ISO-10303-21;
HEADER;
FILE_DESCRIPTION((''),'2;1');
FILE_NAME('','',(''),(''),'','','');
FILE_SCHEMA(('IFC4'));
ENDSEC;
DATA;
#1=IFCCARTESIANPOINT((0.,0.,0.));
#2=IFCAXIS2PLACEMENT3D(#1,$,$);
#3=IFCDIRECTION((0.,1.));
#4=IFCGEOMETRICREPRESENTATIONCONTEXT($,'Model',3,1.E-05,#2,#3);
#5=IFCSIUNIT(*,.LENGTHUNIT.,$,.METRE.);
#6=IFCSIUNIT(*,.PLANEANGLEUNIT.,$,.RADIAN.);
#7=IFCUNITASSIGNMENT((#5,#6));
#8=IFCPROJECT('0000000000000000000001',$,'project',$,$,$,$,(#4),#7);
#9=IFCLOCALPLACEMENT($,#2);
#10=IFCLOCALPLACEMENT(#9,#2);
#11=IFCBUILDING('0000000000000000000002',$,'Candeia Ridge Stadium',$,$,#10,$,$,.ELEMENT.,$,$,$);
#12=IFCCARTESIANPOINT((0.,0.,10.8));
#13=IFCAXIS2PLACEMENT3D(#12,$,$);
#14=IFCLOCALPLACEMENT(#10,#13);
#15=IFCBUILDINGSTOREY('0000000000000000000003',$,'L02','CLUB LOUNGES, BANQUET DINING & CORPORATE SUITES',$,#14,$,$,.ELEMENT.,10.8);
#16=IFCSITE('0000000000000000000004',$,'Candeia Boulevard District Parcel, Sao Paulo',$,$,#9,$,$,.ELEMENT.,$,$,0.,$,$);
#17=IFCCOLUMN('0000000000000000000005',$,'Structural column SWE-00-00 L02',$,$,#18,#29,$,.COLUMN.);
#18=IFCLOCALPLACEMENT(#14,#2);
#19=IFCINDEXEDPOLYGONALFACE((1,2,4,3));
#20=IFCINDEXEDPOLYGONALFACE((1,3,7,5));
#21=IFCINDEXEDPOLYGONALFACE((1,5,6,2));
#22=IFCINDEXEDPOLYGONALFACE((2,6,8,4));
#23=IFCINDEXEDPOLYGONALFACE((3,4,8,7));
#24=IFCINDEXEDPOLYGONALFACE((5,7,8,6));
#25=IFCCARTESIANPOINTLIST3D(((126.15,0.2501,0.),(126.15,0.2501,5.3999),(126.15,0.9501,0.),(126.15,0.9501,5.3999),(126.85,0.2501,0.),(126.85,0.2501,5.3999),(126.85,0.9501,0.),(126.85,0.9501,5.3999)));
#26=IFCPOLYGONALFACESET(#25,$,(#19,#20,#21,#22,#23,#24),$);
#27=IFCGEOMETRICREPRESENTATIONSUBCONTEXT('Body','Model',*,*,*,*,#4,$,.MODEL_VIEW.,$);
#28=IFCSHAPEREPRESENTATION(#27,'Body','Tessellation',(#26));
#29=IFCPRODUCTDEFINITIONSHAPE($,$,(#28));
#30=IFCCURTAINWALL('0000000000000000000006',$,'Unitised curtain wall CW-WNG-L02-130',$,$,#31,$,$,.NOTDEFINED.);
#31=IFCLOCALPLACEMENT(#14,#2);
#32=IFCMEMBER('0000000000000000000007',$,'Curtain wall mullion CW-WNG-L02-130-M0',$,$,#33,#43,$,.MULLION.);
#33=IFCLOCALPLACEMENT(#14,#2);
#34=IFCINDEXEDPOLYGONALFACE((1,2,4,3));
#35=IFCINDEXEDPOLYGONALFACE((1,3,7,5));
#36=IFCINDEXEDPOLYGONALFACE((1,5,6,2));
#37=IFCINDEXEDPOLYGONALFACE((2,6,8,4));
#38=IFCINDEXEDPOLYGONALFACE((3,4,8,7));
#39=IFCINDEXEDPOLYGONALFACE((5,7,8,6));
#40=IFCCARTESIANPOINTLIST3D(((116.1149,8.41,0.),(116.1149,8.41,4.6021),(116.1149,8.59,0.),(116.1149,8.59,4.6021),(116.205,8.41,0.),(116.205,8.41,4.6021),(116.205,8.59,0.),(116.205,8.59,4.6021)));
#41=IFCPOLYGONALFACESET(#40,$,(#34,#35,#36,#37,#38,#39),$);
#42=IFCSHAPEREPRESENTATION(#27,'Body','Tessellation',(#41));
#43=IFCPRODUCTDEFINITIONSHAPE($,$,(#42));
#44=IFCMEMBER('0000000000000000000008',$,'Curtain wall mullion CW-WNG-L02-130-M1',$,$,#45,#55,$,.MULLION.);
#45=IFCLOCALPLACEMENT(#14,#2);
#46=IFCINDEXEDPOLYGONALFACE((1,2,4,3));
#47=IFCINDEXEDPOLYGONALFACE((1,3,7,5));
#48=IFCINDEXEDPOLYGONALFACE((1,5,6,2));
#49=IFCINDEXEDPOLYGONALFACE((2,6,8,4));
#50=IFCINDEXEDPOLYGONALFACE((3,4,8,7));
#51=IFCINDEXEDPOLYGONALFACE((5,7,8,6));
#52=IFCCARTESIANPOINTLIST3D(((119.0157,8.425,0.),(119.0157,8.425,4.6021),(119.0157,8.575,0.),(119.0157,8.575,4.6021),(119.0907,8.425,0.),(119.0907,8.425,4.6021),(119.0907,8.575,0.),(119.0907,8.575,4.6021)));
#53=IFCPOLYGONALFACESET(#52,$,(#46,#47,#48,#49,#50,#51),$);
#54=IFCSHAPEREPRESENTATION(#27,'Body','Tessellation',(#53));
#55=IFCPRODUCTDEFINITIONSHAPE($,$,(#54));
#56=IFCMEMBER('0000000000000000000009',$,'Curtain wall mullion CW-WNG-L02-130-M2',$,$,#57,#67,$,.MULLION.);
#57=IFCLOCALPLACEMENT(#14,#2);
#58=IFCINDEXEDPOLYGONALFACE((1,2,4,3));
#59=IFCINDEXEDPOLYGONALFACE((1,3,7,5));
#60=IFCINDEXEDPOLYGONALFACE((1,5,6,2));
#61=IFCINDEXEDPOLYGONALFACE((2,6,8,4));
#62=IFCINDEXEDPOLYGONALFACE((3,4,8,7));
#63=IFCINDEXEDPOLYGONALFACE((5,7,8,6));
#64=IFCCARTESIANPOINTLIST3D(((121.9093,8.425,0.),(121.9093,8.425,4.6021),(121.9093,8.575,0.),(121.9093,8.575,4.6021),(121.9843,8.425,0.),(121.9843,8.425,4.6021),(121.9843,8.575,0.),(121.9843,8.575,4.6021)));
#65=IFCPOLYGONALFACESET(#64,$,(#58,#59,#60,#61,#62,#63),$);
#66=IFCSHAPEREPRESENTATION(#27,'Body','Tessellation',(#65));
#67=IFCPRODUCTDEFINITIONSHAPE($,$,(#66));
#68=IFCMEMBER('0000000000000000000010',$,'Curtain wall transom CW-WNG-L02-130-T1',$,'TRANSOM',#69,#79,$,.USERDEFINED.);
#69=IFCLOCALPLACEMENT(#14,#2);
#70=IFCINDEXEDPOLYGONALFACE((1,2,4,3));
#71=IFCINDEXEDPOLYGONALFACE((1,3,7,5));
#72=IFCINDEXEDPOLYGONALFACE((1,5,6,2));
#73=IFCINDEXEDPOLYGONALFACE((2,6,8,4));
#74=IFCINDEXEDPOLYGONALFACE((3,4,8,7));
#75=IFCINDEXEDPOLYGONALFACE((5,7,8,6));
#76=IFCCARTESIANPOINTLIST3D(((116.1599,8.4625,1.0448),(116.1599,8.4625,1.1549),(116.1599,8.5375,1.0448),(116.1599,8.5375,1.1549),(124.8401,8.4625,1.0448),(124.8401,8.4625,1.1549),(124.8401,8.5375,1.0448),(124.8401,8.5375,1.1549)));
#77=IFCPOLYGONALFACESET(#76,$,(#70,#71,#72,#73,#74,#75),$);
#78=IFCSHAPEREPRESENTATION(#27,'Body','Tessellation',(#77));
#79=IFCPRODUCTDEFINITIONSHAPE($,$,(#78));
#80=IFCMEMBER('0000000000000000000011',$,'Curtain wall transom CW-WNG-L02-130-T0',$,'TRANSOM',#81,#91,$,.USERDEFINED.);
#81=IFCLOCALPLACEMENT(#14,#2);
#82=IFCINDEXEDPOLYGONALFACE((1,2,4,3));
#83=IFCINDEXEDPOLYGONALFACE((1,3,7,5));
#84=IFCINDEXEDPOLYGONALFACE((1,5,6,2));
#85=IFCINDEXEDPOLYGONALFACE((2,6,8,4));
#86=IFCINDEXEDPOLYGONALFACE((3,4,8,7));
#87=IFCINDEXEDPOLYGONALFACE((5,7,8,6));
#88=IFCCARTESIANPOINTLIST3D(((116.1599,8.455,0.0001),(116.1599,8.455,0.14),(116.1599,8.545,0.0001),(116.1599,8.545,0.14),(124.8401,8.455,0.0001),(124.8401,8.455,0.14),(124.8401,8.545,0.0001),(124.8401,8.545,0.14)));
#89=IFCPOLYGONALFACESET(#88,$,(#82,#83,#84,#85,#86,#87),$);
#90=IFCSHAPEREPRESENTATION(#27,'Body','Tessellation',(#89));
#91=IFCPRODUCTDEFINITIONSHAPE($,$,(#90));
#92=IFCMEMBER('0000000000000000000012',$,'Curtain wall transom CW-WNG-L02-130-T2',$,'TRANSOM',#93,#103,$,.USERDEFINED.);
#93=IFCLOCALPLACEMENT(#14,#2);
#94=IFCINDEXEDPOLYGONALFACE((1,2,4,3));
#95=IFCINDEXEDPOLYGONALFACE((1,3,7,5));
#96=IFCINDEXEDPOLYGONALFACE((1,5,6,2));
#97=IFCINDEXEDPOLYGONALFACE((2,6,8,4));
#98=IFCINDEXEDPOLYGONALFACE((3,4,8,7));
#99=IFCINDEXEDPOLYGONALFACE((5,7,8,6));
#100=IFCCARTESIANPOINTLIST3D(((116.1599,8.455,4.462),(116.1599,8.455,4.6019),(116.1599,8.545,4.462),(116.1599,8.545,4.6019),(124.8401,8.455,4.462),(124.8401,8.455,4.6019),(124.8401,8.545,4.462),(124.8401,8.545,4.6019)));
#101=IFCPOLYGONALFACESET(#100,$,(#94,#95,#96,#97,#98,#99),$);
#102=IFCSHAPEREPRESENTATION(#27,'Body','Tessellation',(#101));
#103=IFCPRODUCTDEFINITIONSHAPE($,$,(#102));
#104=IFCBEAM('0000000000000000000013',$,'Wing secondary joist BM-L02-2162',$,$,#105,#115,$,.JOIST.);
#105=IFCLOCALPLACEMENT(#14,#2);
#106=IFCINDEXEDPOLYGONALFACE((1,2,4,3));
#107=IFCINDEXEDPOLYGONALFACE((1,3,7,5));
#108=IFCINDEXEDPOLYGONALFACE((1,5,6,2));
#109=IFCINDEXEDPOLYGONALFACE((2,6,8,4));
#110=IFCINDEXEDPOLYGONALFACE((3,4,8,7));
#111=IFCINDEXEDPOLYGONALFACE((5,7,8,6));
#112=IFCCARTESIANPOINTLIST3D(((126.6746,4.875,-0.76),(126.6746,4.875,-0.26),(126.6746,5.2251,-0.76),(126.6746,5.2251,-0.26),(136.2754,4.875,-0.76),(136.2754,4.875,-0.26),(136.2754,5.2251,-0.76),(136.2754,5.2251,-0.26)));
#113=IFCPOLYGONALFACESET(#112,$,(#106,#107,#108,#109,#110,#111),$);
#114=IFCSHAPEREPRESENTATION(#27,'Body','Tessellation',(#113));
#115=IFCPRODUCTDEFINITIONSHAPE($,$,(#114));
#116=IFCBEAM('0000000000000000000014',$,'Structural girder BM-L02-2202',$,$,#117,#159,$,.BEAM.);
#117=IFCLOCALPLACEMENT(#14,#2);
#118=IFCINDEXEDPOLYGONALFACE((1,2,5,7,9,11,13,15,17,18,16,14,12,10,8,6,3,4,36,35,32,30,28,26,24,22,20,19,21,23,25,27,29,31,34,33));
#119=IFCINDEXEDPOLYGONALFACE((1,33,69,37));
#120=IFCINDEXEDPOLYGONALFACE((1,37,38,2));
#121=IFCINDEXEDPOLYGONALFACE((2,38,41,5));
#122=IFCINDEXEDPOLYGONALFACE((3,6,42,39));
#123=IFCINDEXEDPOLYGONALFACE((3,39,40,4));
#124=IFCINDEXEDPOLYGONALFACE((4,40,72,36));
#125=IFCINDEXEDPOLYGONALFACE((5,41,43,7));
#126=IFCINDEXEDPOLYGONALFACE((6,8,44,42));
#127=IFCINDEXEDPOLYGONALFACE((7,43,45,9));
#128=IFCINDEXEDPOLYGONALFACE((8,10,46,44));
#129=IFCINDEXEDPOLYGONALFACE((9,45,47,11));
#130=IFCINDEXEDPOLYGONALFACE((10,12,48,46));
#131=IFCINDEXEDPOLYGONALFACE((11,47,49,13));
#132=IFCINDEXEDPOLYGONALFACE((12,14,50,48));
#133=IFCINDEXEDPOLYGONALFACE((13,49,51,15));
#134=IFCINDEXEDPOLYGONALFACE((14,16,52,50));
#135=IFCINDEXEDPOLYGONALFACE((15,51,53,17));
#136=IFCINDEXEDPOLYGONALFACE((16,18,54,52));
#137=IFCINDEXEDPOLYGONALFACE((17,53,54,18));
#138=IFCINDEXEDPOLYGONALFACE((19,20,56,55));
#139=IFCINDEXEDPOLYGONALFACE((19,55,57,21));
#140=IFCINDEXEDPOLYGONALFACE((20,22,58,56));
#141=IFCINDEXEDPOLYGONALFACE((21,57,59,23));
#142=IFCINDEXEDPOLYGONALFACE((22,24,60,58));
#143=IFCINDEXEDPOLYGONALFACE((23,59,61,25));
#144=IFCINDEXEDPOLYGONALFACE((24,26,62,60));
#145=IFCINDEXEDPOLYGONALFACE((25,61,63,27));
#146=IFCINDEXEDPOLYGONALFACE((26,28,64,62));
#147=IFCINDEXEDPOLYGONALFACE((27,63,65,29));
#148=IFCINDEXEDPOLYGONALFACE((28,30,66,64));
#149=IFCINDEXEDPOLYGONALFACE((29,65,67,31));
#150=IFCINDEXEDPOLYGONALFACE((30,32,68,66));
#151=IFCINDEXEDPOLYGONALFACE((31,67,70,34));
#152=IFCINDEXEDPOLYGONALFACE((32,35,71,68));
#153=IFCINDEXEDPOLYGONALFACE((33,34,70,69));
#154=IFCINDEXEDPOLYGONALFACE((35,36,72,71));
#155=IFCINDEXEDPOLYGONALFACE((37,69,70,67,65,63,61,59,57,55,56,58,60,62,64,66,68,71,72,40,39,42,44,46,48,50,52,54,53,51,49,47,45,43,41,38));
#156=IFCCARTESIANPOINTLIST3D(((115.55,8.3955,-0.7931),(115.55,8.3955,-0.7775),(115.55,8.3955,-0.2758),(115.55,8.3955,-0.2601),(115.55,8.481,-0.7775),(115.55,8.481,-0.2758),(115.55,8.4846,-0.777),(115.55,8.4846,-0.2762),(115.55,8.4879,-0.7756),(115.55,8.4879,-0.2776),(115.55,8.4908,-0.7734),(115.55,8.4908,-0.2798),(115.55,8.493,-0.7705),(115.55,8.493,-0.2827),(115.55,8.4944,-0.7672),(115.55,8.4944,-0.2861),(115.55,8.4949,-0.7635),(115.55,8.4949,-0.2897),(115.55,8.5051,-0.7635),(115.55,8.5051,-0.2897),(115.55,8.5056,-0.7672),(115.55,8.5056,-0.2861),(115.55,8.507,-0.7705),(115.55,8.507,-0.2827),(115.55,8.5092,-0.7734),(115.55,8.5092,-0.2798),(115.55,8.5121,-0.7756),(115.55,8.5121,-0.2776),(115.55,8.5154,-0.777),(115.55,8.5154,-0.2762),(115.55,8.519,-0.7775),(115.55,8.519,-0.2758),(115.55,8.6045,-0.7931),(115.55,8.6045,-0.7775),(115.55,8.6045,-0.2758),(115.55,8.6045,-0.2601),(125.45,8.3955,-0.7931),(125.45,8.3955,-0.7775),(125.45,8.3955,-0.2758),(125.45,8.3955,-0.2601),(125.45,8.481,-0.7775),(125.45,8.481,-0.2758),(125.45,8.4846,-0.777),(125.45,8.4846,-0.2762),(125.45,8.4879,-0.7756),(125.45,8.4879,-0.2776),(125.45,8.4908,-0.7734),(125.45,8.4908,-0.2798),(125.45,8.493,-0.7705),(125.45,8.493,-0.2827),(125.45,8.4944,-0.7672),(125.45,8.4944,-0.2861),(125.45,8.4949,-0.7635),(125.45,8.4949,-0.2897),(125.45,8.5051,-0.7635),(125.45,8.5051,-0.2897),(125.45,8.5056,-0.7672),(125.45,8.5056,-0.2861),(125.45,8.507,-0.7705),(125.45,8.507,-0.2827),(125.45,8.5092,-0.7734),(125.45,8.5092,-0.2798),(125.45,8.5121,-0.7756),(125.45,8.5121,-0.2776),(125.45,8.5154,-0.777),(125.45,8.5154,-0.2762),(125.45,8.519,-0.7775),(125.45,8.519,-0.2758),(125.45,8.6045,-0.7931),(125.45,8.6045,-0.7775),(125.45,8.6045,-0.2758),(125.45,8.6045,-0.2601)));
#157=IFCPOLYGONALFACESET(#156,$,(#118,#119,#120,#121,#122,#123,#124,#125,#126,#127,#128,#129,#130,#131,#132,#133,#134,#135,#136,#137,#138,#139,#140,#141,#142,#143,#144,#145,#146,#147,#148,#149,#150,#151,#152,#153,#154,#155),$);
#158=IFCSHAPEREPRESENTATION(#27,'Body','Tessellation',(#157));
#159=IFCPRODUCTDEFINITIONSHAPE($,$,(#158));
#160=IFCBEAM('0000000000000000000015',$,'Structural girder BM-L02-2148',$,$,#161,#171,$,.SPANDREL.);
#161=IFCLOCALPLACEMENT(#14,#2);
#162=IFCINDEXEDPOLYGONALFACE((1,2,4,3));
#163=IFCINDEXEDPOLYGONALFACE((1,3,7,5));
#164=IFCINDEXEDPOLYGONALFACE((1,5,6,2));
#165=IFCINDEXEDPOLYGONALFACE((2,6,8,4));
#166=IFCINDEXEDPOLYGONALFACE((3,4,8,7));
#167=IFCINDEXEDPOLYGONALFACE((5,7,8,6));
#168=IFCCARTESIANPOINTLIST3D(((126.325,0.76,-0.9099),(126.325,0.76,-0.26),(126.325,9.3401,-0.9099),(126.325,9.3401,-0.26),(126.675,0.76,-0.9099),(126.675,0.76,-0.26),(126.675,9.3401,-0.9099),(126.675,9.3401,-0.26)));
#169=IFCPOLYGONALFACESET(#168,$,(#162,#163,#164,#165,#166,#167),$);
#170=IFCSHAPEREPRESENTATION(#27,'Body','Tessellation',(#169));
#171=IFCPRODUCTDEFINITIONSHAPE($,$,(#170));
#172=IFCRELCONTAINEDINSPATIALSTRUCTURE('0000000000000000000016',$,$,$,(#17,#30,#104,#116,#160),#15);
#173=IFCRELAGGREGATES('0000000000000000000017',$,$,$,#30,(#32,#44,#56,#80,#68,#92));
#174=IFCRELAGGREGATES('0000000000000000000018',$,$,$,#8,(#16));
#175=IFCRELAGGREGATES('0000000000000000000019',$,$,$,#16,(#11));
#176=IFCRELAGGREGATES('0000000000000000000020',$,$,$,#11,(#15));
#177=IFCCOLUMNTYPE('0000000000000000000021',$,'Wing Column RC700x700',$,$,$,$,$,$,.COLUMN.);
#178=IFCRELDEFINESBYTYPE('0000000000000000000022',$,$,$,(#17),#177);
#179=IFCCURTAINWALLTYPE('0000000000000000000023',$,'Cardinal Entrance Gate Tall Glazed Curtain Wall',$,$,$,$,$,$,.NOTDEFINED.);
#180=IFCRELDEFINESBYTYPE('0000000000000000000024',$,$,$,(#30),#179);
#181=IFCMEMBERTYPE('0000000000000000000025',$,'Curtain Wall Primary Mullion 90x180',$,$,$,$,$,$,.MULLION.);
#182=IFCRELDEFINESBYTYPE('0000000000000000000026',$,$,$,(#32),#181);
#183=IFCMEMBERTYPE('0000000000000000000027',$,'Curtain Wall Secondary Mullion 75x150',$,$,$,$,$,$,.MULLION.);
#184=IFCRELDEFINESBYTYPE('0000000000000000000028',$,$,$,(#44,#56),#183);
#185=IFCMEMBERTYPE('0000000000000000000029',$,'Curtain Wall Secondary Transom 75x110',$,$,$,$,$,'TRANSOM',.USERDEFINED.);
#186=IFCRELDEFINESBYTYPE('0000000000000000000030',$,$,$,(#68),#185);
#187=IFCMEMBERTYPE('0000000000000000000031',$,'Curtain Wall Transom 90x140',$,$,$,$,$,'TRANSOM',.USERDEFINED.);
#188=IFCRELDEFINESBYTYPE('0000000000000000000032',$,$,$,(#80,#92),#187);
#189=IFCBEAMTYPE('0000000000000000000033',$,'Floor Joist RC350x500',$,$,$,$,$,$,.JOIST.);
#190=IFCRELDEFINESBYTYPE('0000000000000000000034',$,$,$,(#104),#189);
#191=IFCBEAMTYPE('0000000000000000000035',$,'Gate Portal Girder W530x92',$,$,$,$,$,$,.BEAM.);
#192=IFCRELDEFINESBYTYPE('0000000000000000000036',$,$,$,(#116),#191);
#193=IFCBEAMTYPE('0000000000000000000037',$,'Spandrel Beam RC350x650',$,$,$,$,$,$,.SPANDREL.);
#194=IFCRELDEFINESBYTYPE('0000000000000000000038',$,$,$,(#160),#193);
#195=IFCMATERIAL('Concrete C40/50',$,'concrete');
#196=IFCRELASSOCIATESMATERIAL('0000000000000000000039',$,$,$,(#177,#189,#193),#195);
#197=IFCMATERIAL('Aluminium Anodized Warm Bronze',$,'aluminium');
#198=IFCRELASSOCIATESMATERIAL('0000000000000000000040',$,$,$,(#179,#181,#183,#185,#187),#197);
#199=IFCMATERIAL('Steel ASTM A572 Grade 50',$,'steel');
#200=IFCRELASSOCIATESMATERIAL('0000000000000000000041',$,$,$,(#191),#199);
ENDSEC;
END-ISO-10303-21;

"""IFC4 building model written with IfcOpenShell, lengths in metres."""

from ifc_helpers import new_model, si_unit, direction, frame, origin, origin_2d, place, context, subcontext, project, spatial, rectangle, i_section, extrude, material, material_profile, profile_set, type_object, element, aggregate, save


model = new_model("IFC4")

# Units and contexts
model_context = context("Model", 3, precision=1e-05, world=origin(), true_north=direction((0.0, 1.0)))
body_context = subcontext(model_context, "Body", "Model", "MODEL_VIEW")
ifc_project = project(units=[si_unit("LENGTHUNIT", "METRE"), si_unit("PLANEANGLEUNIT", "RADIAN")], contexts=[model_context])

# Site, building, storey
site_placement = place(None, origin())
site = spatial("IfcSite", under=ifc_project, at=site_placement, Name="Candeia Boulevard District Parcel, Sao Paulo", CompositionType="ELEMENT", RefElevation=0.0)
building_placement = place(site_placement, origin())
building = spatial("IfcBuilding", under=site, at=building_placement, Name="Candeia Ridge Stadium", CompositionType="ELEMENT")
storey_placement = place(building_placement, frame((0.0, 0.0, 10.8)))
storey = spatial("IfcBuildingStorey", under=building, at=storey_placement, Name="L02", Description="CLUB LOUNGES, BANQUET DINING & CORPORATE SUITES", CompositionType="ELEMENT", Elevation=10.8)

# Column
ifc_material_1 = material(Name="Concrete C40/50", Category="concrete")
ifc_material_profile_1 = material_profile(ifc_material_1, rectangle(XDim=0.7, YDim=0.7, at=origin_2d()), Name="RC700x700", Category="concrete")
ifc_profile_set_1 = profile_set([ifc_material_profile_1], Name="Concrete C40/50")
column_type = type_object("IfcColumnType", Name="Wing Column RC700x700", PredefinedType="COLUMN", material=ifc_profile_set_1)
column_placement = place(storey_placement, frame((126.5, 0.6001, 0.0), z_axis=(0.0, 0.0, 1.0), x_axis=(1.0, 0.0, 0.0)))
element("IfcColumn", 1, at=column_placement, inside=storey, type_object=column_type, Name="Structural column SWE-00-00 L02", PredefinedType="COLUMN", context=body_context, shape_type="SweptSolid", body=[
    extrude(rectangle(XDim=0.7, YDim=0.7, at=origin_2d()), origin(), (0.0, 0.0, 1.0), 5.3999),
])

# Curtain wall, members
ifc_material_2 = material(Name="Aluminium Anodized Warm Bronze", Category="aluminium")
curtain_wall_type = type_object("IfcCurtainWallType", Name="Cardinal Entrance Gate Tall Glazed Curtain Wall", PredefinedType="NOTDEFINED", material=ifc_material_2)
curtain_wall_placement = place(storey_placement, origin())
curtain_wall = element("IfcCurtainWall", 2, at=curtain_wall_placement, inside=storey, type_object=curtain_wall_type, Name="Unitised curtain wall CW-WNG-L02-130", PredefinedType="NOTDEFINED")
ifc_material_profile_2 = material_profile(ifc_material_2, rectangle(XDim=0.0901, YDim=0.1799, at=origin_2d()), Name="CWM-90x180", Category="aluminium")
ifc_profile_set_2 = profile_set([ifc_material_profile_2], Name="Aluminium Anodized Warm Bronze")
member_type_1 = type_object("IfcMemberType", Name="Curtain Wall Primary Mullion 90x180", PredefinedType="MULLION", material=ifc_profile_set_2)
member_1_placement = place(storey_placement, frame((116.1599, 8.5, 0.0), z_axis=(0.0, 0.0, 1.0), x_axis=(1.0, 0.0, 0.0)))
member_1 = element("IfcMember", 3, at=member_1_placement, type_object=member_type_1, Name="Curtain wall mullion CW-WNG-L02-130-M0", PredefinedType="MULLION", context=body_context, shape_type="SweptSolid", body=[
    extrude(rectangle(XDim=0.0901, YDim=0.1799, at=origin_2d()), origin(), (0.0, 0.0, 1.0), 4.6021),
])
ifc_material_profile_3 = material_profile(ifc_material_2, rectangle(XDim=0.075, YDim=0.1499, at=origin_2d()), Name="CWM-75x150", Category="aluminium")
ifc_profile_set_3 = profile_set([ifc_material_profile_3], Name="Aluminium Anodized Warm Bronze")
member_type_2 = type_object("IfcMemberType", Name="Curtain Wall Secondary Mullion 75x150", PredefinedType="MULLION", material=ifc_profile_set_3)
member_2_placement = place(storey_placement, frame((119.0532, 8.5, 0.0), z_axis=(0.0, 0.0, 1.0), x_axis=(1.0, 0.0, 0.0)))
member_2 = element("IfcMember", 4, at=member_2_placement, type_object=member_type_2, Name="Curtain wall mullion CW-WNG-L02-130-M1", PredefinedType="MULLION", context=body_context, shape_type="SweptSolid", body=[
    extrude(rectangle(XDim=0.075, YDim=0.1499, at=origin_2d()), origin(), (0.0, 0.0, 1.0), 4.6021),
])
member_3_placement = place(storey_placement, frame((121.9468, 8.5, 0.0), z_axis=(0.0, 0.0, 1.0), x_axis=(1.0, 0.0, 0.0)))
member_3 = element("IfcMember", 5, at=member_3_placement, type_object=member_type_2, Name="Curtain wall mullion CW-WNG-L02-130-M2", PredefinedType="MULLION", context=body_context, shape_type="SweptSolid", body=[
    extrude(rectangle(XDim=0.075, YDim=0.1499, at=origin_2d()), origin(), (0.0, 0.0, 1.0), 4.6021),
])
ifc_material_profile_4 = material_profile(ifc_material_2, rectangle(XDim=0.075, YDim=0.1101, at=origin_2d()), Name="CWT-75x110", Category="aluminium")
ifc_profile_set_4 = profile_set([ifc_material_profile_4], Name="Aluminium Anodized Warm Bronze")
member_type_3 = type_object("IfcMemberType", Name="Curtain Wall Secondary Transom 75x110", ElementType="TRANSOM", PredefinedType="USERDEFINED", material=ifc_profile_set_4)
member_4_placement = place(storey_placement, frame((116.1599, 8.5, 1.0999), z_axis=(1.0, 0.0, 0.0), x_axis=(0.0, 1.0, 0.0)))
member_4 = element("IfcMember", 6, at=member_4_placement, type_object=member_type_3, Name="Curtain wall transom CW-WNG-L02-130-T1", ObjectType="TRANSOM", PredefinedType="USERDEFINED", context=body_context, shape_type="SweptSolid", body=[
    extrude(rectangle(XDim=0.075, YDim=0.1101, at=origin_2d()), origin(), (0.0, 0.0, 1.0), 8.6802),
])
ifc_material_profile_5 = material_profile(ifc_material_2, rectangle(XDim=0.0901, YDim=0.1399, at=origin_2d()), Name="CWT-90x140", Category="aluminium")
ifc_profile_set_5 = profile_set([ifc_material_profile_5], Name="Aluminium Anodized Warm Bronze")
member_type_4 = type_object("IfcMemberType", Name="Curtain Wall Transom 90x140", ElementType="TRANSOM", PredefinedType="USERDEFINED", material=ifc_profile_set_5)
member_5_placement = place(storey_placement, frame((116.1599, 8.5, 0.0701), z_axis=(1.0, 0.0, 0.0), x_axis=(0.0, 1.0, 0.0)))
member_5 = element("IfcMember", 7, at=member_5_placement, type_object=member_type_4, Name="Curtain wall transom CW-WNG-L02-130-T0", ObjectType="TRANSOM", PredefinedType="USERDEFINED", context=body_context, shape_type="SweptSolid", body=[
    extrude(rectangle(XDim=0.0901, YDim=0.1399, at=origin_2d()), origin(), (0.0, 0.0, 1.0), 8.6802),
])
member_6_placement = place(storey_placement, frame((116.1599, 8.5, 4.532), z_axis=(1.0, 0.0, 0.0), x_axis=(0.0, 1.0, 0.0)))
member_6 = element("IfcMember", 8, at=member_6_placement, type_object=member_type_4, Name="Curtain wall transom CW-WNG-L02-130-T2", ObjectType="TRANSOM", PredefinedType="USERDEFINED", context=body_context, shape_type="SweptSolid", body=[
    extrude(rectangle(XDim=0.0901, YDim=0.1399, at=origin_2d()), origin(), (0.0, 0.0, 1.0), 8.6802),
])

# Beams
ifc_material_profile_6 = material_profile(ifc_material_1, rectangle(XDim=0.3501, YDim=0.5, at=origin_2d()), Name="RC350x500", Category="concrete")
ifc_profile_set_6 = profile_set([ifc_material_profile_6], Name="Concrete C40/50")
beam_type_1 = type_object("IfcBeamType", Name="Floor Joist RC350x500", PredefinedType="JOIST", material=ifc_profile_set_6)
beam_1_placement = place(storey_placement, frame((126.6746, 5.05, -0.51), z_axis=(1.0, 0.0, 0.0), x_axis=(0.0, 1.0, 0.0)))
element("IfcBeam", 9, at=beam_1_placement, inside=storey, type_object=beam_type_1, Name="Wing secondary joist BM-L02-2162", PredefinedType="JOIST", context=body_context, shape_type="SweptSolid", body=[
    extrude(rectangle(XDim=0.3501, YDim=0.5, at=origin_2d()), origin(), (0.0, 0.0, 1.0), 9.6008),
])
ifc_material_3 = material(Name="Steel ASTM A572 Grade 50", Category="steel")
ifc_material_profile_7 = material_profile(ifc_material_3, i_section(OverallWidth=0.209, OverallDepth=0.533, WebThickness=0.0103, FlangeThickness=0.0156, FilletRadius=0.0139, at=origin_2d()), Name="W530x92", Category="steel")
ifc_profile_set_7 = profile_set([ifc_material_profile_7], Name="Steel ASTM A572 Grade 50")
beam_type_2 = type_object("IfcBeamType", Name="Gate Portal Girder W530x92", PredefinedType="BEAM", material=ifc_profile_set_7)
beam_2_placement = place(storey_placement, frame((115.55, 8.5, -0.5266), z_axis=(1.0, 0.0, 0.0), x_axis=(0.0, 1.0, 0.0)))
element("IfcBeam", 10, at=beam_2_placement, inside=storey, type_object=beam_type_2, Name="Structural girder BM-L02-2202", PredefinedType="BEAM", context=body_context, shape_type="SweptSolid", body=[
    extrude(i_section(OverallWidth=0.209, OverallDepth=0.533, WebThickness=0.0103, FlangeThickness=0.0156, FilletRadius=0.0139, at=origin_2d()), origin(), (0.0, 0.0, 1.0), 9.8999),
])
ifc_material_profile_8 = material_profile(ifc_material_1, rectangle(XDim=0.3501, YDim=0.6499, at=origin_2d()), Name="RC350x650", Category="concrete")
ifc_profile_set_8 = profile_set([ifc_material_profile_8], Name="Concrete C40/50")
beam_type_3 = type_object("IfcBeamType", Name="Spandrel Beam RC350x650", PredefinedType="SPANDREL", material=ifc_profile_set_8)
beam_3_placement = place(storey_placement, frame((126.5, 0.76, -0.585), z_axis=(0.0, 1.0, 0.0), x_axis=(-1.0, 0.0, 0.0)))
element("IfcBeam", 11, at=beam_3_placement, inside=storey, type_object=beam_type_3, Name="Structural girder BM-L02-2148", PredefinedType="SPANDREL", context=body_context, shape_type="SweptSolid", body=[
    extrude(rectangle(XDim=0.3501, YDim=0.6499, at=origin_2d()), origin(), (0.0, 0.0, 1.0), 8.5801),
])

aggregate(curtain_wall, [member_1, member_2, member_3, member_5, member_4, member_6])

save(model, "model.ifc")
